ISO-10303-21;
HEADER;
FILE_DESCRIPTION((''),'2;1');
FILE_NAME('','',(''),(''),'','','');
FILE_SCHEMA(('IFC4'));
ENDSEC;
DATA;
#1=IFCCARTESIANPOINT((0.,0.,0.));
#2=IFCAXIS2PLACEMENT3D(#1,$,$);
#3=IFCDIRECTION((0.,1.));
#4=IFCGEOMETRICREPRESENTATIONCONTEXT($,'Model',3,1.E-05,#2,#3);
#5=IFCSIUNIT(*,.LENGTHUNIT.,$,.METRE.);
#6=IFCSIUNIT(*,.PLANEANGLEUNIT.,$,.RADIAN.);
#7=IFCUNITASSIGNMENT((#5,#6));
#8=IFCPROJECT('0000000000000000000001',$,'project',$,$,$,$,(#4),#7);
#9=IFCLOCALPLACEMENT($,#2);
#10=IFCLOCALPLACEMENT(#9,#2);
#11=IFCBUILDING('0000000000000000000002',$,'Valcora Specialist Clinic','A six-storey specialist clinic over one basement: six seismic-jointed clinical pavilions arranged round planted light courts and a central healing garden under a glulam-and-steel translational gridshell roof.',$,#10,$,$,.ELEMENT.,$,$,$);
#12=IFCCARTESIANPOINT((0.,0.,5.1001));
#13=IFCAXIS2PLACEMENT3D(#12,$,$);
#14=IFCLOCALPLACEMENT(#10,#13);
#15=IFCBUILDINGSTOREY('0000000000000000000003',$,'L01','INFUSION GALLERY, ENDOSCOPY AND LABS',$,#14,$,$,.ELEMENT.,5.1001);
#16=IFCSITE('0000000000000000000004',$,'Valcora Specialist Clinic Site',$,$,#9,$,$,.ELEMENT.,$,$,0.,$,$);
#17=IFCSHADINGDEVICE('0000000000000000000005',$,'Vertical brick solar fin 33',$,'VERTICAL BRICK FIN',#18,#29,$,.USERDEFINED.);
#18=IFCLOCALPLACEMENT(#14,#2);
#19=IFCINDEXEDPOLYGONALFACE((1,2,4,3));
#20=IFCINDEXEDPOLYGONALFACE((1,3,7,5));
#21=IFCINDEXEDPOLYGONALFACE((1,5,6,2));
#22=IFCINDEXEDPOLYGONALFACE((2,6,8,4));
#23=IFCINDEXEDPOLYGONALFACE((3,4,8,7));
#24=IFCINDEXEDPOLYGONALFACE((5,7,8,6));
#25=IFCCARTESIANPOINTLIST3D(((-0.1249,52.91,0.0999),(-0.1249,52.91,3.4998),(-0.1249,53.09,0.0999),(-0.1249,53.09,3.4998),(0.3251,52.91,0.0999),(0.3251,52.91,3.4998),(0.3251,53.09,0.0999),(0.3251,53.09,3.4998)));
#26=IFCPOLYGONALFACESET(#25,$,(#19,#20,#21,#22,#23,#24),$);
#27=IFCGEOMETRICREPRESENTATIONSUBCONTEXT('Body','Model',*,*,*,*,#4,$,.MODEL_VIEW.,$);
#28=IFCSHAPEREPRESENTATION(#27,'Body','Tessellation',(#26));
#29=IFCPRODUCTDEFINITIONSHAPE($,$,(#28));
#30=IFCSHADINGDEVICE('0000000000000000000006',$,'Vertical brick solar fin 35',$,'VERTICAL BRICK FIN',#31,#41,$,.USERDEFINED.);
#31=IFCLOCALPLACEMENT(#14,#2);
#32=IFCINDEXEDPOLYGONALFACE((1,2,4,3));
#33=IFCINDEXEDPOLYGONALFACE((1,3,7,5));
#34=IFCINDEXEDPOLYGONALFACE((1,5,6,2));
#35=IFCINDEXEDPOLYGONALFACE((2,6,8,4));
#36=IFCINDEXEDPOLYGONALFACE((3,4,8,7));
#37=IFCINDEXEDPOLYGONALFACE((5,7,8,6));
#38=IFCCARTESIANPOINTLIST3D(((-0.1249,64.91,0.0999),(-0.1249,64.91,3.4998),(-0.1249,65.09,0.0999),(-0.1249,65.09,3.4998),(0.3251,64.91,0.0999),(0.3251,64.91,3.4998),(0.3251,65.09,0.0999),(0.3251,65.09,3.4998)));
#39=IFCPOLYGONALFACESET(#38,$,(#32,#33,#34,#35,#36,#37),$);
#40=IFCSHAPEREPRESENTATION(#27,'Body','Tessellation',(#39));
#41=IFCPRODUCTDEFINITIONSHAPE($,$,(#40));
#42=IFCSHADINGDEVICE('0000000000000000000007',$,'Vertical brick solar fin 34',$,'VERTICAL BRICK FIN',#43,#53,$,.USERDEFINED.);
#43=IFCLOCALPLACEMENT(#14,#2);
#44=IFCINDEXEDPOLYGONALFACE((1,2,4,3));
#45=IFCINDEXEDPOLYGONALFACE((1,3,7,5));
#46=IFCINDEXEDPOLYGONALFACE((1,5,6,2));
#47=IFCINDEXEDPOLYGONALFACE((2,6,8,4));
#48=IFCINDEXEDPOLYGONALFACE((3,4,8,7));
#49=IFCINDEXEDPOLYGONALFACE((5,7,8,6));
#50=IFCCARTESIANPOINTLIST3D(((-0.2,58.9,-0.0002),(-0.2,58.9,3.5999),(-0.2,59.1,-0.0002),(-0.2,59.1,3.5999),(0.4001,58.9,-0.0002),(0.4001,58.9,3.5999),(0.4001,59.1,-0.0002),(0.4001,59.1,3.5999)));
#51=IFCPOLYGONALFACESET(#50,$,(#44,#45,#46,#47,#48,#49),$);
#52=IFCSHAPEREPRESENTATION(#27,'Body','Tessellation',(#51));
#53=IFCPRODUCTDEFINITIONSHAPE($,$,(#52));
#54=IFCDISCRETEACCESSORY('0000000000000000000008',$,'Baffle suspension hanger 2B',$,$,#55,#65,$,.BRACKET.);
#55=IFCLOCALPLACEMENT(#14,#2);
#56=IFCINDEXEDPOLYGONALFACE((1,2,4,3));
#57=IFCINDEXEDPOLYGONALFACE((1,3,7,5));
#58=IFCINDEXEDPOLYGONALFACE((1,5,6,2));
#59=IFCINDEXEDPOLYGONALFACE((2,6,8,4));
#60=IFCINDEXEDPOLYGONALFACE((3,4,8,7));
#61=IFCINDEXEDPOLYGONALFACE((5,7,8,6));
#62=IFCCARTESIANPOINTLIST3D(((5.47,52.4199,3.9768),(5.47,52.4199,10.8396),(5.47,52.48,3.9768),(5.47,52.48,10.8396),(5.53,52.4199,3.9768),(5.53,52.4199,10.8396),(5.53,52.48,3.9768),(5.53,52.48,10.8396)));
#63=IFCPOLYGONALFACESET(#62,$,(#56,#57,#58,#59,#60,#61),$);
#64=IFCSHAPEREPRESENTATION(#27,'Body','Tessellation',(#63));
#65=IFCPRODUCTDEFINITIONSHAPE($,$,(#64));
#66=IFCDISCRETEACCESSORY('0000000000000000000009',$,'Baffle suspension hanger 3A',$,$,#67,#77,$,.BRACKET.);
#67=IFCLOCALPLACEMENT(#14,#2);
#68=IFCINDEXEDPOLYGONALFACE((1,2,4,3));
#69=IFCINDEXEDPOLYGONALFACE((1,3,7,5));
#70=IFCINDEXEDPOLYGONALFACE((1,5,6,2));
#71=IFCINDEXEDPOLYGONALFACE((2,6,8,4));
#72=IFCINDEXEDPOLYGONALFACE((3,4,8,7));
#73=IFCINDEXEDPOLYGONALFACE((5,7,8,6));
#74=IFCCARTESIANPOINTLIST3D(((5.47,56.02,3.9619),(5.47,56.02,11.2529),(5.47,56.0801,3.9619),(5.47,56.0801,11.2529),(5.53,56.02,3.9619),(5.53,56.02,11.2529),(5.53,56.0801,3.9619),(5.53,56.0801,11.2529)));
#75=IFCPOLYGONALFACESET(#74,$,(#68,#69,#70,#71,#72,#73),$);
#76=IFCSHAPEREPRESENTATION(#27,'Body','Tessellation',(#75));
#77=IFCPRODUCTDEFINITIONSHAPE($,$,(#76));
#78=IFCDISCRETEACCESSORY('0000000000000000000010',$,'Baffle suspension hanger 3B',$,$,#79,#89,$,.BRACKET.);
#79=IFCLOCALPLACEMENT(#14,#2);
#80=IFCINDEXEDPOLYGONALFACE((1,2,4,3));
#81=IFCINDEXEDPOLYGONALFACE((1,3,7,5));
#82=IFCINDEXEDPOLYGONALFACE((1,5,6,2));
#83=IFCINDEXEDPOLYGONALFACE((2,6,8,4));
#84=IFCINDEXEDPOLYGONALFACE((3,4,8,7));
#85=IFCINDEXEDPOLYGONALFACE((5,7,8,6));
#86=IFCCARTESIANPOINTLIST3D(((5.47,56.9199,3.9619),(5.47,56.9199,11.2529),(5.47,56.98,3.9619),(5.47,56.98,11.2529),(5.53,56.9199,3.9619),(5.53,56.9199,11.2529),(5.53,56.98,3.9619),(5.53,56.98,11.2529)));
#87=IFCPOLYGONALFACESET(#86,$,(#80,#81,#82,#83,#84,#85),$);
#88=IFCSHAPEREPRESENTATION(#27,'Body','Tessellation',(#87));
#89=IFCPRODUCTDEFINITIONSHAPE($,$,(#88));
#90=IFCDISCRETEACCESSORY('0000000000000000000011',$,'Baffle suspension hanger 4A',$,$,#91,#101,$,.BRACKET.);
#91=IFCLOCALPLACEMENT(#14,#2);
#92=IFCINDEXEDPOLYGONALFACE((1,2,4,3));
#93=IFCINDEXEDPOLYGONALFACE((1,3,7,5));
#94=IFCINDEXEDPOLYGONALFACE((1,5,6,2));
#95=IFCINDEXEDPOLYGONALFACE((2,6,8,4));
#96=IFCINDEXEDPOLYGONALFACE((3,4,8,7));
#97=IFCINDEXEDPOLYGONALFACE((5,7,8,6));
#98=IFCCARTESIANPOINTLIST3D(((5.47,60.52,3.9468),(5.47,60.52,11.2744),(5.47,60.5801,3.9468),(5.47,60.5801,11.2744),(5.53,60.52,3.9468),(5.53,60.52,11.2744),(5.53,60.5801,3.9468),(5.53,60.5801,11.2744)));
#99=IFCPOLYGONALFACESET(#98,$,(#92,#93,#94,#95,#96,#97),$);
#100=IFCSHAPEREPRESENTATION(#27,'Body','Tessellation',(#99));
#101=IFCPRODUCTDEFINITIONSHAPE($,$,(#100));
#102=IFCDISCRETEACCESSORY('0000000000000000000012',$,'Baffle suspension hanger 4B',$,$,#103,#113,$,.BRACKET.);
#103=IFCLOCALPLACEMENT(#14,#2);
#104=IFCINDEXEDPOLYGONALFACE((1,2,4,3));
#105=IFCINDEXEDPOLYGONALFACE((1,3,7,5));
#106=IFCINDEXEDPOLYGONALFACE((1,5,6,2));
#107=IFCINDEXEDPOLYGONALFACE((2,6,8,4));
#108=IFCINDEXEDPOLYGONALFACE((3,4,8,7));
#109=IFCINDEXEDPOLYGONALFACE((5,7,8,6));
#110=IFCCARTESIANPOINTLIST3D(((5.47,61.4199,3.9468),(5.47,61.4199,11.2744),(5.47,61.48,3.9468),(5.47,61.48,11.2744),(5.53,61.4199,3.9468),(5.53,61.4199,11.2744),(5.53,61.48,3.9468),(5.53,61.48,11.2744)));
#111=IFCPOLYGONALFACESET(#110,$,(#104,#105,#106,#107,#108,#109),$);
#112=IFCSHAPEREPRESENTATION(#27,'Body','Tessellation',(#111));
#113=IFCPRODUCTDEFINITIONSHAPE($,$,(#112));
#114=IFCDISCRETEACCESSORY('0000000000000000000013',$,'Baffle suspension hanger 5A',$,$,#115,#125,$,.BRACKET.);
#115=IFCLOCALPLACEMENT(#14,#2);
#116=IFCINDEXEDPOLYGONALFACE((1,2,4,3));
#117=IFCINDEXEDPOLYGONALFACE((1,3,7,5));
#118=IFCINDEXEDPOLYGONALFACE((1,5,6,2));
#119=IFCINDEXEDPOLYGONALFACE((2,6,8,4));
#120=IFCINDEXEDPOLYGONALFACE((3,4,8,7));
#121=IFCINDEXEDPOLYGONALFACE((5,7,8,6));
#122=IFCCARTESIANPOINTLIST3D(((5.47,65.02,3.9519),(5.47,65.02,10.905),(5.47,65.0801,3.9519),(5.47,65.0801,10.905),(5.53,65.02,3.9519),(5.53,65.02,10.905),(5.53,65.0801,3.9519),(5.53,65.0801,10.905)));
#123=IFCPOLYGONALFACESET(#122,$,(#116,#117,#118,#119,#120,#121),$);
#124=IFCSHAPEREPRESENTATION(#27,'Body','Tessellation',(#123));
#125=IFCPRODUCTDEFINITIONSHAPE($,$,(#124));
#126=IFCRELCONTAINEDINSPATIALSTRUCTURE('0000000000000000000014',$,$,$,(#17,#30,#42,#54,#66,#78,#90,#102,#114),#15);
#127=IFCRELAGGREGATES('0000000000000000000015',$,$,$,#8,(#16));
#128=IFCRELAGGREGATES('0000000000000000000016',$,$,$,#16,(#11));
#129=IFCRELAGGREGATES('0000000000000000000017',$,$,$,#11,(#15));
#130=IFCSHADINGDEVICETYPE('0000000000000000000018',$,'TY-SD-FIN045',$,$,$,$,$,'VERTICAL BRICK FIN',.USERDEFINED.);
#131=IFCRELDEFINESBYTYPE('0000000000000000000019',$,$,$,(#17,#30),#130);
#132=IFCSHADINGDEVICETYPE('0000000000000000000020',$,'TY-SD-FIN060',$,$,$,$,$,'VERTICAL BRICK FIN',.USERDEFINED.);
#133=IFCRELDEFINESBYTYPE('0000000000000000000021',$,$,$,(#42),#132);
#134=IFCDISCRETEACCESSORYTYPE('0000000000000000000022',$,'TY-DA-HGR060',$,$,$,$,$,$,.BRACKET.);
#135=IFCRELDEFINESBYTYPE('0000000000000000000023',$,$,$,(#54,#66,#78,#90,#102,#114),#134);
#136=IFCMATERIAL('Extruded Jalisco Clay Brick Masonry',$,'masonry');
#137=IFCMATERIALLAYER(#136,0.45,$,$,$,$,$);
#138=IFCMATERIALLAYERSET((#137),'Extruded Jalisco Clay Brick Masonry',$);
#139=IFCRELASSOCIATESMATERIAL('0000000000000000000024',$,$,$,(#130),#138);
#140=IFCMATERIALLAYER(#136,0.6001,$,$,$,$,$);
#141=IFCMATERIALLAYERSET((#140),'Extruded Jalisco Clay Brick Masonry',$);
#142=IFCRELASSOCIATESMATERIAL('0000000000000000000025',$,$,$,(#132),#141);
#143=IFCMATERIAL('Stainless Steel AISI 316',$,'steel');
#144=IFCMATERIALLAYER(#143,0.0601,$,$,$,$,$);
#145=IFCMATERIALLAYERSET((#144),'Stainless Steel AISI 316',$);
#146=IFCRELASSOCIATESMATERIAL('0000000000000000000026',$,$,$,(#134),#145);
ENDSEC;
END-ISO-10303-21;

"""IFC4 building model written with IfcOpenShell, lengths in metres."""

from ifc_helpers import new_model, si_unit, direction, frame, origin, origin_2d, place, context, subcontext, project, spatial, rectangle, extrude, material, layer, layer_set, type_object, element, save


model = new_model("IFC4")

# Units and contexts
model_context = context("Model", 3, precision=1e-05, world=origin(), true_north=direction((0.0, 1.0)))
body_context = subcontext(model_context, "Body", "Model", "MODEL_VIEW")
ifc_project = project(units=[si_unit("LENGTHUNIT", "METRE"), si_unit("PLANEANGLEUNIT", "RADIAN")], contexts=[model_context])

# Site, building, storey
site_placement = place(None, origin())
site = spatial("IfcSite", under=ifc_project, at=site_placement, Name="Valcora Specialist Clinic Site", CompositionType="ELEMENT", RefElevation=0.0)
building_placement = place(site_placement, origin())
building = spatial("IfcBuilding", under=site, at=building_placement, Name="Valcora Specialist Clinic", Description="A six-storey specialist clinic over one basement: six seismic-jointed clinical pavilions arranged round planted light courts and a central healing garden under a glulam-and-steel translational gridshell roof.", CompositionType="ELEMENT")
storey_placement = place(building_placement, frame((0.0, 0.0, 5.1001)))
storey = spatial("IfcBuildingStorey", under=building, at=storey_placement, Name="L01", Description="INFUSION GALLERY, ENDOSCOPY AND LABS", CompositionType="ELEMENT", Elevation=5.1001)

# Shared definitions
ifc_material_1 = material(Name="Extruded Jalisco Clay Brick Masonry", Category="masonry")

# Shading devices
ifc_layer_1 = layer(ifc_material_1, 0.45)
ifc_layer_set_1 = layer_set([ifc_layer_1], Name="Extruded Jalisco Clay Brick Masonry")
shading_device_type_1 = type_object("IfcShadingDeviceType", Name="TY-SD-FIN045", ElementType="VERTICAL BRICK FIN", PredefinedType="USERDEFINED", material=ifc_layer_set_1)
for number, where, z_axis, x_axis, name in (
    (1, (0.1001, 53.0, 0.0999), (0.0, 0.0, 1.0), (1.0, 0.0, 0.0), "Vertical brick solar fin 33"),
    (2, (0.1001, 65.0, 0.0999), (0.0, 0.0, 1.0), (1.0, 0.0, 0.0), "Vertical brick solar fin 35"),
):
    element("IfcShadingDevice", number, at=place(storey_placement, frame(where, z_axis=z_axis, x_axis=x_axis)), inside=storey, type_object=shading_device_type_1, Name=name, ObjectType="VERTICAL BRICK FIN", PredefinedType="USERDEFINED", context=body_context, shape_type="SweptSolid", body=[
        extrude(rectangle(XDim=0.45, YDim=0.1799, at=origin_2d()), origin(), (0.0, 0.0, 1.0), 3.3999),
    ])
ifc_layer_2 = layer(ifc_material_1, 0.6001)
ifc_layer_set_2 = layer_set([ifc_layer_2], Name="Extruded Jalisco Clay Brick Masonry")
shading_device_type_2 = type_object("IfcShadingDeviceType", Name="TY-SD-FIN060", ElementType="VERTICAL BRICK FIN", PredefinedType="USERDEFINED", material=ifc_layer_set_2)
shading_device_placement = place(storey_placement, frame((0.1001, 59.0, -0.0002), z_axis=(0.0, 0.0, 1.0), x_axis=(1.0, 0.0, 0.0)))
element("IfcShadingDevice", 3, at=shading_device_placement, inside=storey, type_object=shading_device_type_2, Name="Vertical brick solar fin 34", ObjectType="VERTICAL BRICK FIN", PredefinedType="USERDEFINED", context=body_context, shape_type="SweptSolid", body=[
    extrude(rectangle(XDim=0.6001, YDim=0.2, at=origin_2d()), origin(), (0.0, 0.0, 1.0), 3.6001),
])

# Discrete accessories
ifc_material_2 = material(Name="Stainless Steel AISI 316", Category="steel")
ifc_layer_3 = layer(ifc_material_2, 0.0601)
ifc_layer_set_3 = layer_set([ifc_layer_3], Name="Stainless Steel AISI 316")
discrete_accessory_type = type_object("IfcDiscreteAccessoryType", Name="TY-DA-HGR060", PredefinedType="BRACKET", material=ifc_layer_set_3)
discrete_accessory_1_placement = place(storey_placement, frame((5.5, 52.45, 3.9768), z_axis=(0.0, 0.0, 1.0), x_axis=(1.0, 0.0, 0.0)))
element("IfcDiscreteAccessory", 4, at=discrete_accessory_1_placement, inside=storey, type_object=discrete_accessory_type, Name="Baffle suspension hanger 2B", PredefinedType="BRACKET", context=body_context, shape_type="SweptSolid", body=[
    extrude(rectangle(XDim=0.0601, YDim=0.0601, at=origin_2d()), origin(), (0.0, 0.0, 1.0), 6.8628),
])
for number, where, z_axis, x_axis, name in (
    (5, (5.5, 56.05, 3.9619), (0.0, 0.0, 1.0), (1.0, 0.0, 0.0), "Baffle suspension hanger 3A"),
    (6, (5.5, 56.95, 3.9619), (0.0, 0.0, 1.0), (1.0, 0.0, 0.0), "Baffle suspension hanger 3B"),
):
    element("IfcDiscreteAccessory", number, at=place(storey_placement, frame(where, z_axis=z_axis, x_axis=x_axis)), inside=storey, type_object=discrete_accessory_type, Name=name, PredefinedType="BRACKET", context=body_context, shape_type="SweptSolid", body=[
        extrude(rectangle(XDim=0.0601, YDim=0.0601, at=origin_2d()), origin(), (0.0, 0.0, 1.0), 7.291),
    ])
for number, where, z_axis, x_axis, name in (
    (7, (5.5, 60.55, 3.9468), (0.0, 0.0, 1.0), (1.0, 0.0, 0.0), "Baffle suspension hanger 4A"),
    (8, (5.5, 61.45, 3.9468), (0.0, 0.0, 1.0), (1.0, 0.0, 0.0), "Baffle suspension hanger 4B"),
):
    element("IfcDiscreteAccessory", number, at=place(storey_placement, frame(where, z_axis=z_axis, x_axis=x_axis)), inside=storey, type_object=discrete_accessory_type, Name=name, PredefinedType="BRACKET", context=body_context, shape_type="SweptSolid", body=[
        extrude(rectangle(XDim=0.0601, YDim=0.0601, at=origin_2d()), origin(), (0.0, 0.0, 1.0), 7.3276),
    ])
discrete_accessory_2_placement = place(storey_placement, frame((5.5, 65.05, 3.9519), z_axis=(0.0, 0.0, 1.0), x_axis=(1.0, 0.0, 0.0)))
element("IfcDiscreteAccessory", 9, at=discrete_accessory_2_placement, inside=storey, type_object=discrete_accessory_type, Name="Baffle suspension hanger 5A", PredefinedType="BRACKET", context=body_context, shape_type="SweptSolid", body=[
    extrude(rectangle(XDim=0.0601, YDim=0.0601, at=origin_2d()), origin(), (0.0, 0.0, 1.0), 6.9531),
])

save(model, "model.ifc")
